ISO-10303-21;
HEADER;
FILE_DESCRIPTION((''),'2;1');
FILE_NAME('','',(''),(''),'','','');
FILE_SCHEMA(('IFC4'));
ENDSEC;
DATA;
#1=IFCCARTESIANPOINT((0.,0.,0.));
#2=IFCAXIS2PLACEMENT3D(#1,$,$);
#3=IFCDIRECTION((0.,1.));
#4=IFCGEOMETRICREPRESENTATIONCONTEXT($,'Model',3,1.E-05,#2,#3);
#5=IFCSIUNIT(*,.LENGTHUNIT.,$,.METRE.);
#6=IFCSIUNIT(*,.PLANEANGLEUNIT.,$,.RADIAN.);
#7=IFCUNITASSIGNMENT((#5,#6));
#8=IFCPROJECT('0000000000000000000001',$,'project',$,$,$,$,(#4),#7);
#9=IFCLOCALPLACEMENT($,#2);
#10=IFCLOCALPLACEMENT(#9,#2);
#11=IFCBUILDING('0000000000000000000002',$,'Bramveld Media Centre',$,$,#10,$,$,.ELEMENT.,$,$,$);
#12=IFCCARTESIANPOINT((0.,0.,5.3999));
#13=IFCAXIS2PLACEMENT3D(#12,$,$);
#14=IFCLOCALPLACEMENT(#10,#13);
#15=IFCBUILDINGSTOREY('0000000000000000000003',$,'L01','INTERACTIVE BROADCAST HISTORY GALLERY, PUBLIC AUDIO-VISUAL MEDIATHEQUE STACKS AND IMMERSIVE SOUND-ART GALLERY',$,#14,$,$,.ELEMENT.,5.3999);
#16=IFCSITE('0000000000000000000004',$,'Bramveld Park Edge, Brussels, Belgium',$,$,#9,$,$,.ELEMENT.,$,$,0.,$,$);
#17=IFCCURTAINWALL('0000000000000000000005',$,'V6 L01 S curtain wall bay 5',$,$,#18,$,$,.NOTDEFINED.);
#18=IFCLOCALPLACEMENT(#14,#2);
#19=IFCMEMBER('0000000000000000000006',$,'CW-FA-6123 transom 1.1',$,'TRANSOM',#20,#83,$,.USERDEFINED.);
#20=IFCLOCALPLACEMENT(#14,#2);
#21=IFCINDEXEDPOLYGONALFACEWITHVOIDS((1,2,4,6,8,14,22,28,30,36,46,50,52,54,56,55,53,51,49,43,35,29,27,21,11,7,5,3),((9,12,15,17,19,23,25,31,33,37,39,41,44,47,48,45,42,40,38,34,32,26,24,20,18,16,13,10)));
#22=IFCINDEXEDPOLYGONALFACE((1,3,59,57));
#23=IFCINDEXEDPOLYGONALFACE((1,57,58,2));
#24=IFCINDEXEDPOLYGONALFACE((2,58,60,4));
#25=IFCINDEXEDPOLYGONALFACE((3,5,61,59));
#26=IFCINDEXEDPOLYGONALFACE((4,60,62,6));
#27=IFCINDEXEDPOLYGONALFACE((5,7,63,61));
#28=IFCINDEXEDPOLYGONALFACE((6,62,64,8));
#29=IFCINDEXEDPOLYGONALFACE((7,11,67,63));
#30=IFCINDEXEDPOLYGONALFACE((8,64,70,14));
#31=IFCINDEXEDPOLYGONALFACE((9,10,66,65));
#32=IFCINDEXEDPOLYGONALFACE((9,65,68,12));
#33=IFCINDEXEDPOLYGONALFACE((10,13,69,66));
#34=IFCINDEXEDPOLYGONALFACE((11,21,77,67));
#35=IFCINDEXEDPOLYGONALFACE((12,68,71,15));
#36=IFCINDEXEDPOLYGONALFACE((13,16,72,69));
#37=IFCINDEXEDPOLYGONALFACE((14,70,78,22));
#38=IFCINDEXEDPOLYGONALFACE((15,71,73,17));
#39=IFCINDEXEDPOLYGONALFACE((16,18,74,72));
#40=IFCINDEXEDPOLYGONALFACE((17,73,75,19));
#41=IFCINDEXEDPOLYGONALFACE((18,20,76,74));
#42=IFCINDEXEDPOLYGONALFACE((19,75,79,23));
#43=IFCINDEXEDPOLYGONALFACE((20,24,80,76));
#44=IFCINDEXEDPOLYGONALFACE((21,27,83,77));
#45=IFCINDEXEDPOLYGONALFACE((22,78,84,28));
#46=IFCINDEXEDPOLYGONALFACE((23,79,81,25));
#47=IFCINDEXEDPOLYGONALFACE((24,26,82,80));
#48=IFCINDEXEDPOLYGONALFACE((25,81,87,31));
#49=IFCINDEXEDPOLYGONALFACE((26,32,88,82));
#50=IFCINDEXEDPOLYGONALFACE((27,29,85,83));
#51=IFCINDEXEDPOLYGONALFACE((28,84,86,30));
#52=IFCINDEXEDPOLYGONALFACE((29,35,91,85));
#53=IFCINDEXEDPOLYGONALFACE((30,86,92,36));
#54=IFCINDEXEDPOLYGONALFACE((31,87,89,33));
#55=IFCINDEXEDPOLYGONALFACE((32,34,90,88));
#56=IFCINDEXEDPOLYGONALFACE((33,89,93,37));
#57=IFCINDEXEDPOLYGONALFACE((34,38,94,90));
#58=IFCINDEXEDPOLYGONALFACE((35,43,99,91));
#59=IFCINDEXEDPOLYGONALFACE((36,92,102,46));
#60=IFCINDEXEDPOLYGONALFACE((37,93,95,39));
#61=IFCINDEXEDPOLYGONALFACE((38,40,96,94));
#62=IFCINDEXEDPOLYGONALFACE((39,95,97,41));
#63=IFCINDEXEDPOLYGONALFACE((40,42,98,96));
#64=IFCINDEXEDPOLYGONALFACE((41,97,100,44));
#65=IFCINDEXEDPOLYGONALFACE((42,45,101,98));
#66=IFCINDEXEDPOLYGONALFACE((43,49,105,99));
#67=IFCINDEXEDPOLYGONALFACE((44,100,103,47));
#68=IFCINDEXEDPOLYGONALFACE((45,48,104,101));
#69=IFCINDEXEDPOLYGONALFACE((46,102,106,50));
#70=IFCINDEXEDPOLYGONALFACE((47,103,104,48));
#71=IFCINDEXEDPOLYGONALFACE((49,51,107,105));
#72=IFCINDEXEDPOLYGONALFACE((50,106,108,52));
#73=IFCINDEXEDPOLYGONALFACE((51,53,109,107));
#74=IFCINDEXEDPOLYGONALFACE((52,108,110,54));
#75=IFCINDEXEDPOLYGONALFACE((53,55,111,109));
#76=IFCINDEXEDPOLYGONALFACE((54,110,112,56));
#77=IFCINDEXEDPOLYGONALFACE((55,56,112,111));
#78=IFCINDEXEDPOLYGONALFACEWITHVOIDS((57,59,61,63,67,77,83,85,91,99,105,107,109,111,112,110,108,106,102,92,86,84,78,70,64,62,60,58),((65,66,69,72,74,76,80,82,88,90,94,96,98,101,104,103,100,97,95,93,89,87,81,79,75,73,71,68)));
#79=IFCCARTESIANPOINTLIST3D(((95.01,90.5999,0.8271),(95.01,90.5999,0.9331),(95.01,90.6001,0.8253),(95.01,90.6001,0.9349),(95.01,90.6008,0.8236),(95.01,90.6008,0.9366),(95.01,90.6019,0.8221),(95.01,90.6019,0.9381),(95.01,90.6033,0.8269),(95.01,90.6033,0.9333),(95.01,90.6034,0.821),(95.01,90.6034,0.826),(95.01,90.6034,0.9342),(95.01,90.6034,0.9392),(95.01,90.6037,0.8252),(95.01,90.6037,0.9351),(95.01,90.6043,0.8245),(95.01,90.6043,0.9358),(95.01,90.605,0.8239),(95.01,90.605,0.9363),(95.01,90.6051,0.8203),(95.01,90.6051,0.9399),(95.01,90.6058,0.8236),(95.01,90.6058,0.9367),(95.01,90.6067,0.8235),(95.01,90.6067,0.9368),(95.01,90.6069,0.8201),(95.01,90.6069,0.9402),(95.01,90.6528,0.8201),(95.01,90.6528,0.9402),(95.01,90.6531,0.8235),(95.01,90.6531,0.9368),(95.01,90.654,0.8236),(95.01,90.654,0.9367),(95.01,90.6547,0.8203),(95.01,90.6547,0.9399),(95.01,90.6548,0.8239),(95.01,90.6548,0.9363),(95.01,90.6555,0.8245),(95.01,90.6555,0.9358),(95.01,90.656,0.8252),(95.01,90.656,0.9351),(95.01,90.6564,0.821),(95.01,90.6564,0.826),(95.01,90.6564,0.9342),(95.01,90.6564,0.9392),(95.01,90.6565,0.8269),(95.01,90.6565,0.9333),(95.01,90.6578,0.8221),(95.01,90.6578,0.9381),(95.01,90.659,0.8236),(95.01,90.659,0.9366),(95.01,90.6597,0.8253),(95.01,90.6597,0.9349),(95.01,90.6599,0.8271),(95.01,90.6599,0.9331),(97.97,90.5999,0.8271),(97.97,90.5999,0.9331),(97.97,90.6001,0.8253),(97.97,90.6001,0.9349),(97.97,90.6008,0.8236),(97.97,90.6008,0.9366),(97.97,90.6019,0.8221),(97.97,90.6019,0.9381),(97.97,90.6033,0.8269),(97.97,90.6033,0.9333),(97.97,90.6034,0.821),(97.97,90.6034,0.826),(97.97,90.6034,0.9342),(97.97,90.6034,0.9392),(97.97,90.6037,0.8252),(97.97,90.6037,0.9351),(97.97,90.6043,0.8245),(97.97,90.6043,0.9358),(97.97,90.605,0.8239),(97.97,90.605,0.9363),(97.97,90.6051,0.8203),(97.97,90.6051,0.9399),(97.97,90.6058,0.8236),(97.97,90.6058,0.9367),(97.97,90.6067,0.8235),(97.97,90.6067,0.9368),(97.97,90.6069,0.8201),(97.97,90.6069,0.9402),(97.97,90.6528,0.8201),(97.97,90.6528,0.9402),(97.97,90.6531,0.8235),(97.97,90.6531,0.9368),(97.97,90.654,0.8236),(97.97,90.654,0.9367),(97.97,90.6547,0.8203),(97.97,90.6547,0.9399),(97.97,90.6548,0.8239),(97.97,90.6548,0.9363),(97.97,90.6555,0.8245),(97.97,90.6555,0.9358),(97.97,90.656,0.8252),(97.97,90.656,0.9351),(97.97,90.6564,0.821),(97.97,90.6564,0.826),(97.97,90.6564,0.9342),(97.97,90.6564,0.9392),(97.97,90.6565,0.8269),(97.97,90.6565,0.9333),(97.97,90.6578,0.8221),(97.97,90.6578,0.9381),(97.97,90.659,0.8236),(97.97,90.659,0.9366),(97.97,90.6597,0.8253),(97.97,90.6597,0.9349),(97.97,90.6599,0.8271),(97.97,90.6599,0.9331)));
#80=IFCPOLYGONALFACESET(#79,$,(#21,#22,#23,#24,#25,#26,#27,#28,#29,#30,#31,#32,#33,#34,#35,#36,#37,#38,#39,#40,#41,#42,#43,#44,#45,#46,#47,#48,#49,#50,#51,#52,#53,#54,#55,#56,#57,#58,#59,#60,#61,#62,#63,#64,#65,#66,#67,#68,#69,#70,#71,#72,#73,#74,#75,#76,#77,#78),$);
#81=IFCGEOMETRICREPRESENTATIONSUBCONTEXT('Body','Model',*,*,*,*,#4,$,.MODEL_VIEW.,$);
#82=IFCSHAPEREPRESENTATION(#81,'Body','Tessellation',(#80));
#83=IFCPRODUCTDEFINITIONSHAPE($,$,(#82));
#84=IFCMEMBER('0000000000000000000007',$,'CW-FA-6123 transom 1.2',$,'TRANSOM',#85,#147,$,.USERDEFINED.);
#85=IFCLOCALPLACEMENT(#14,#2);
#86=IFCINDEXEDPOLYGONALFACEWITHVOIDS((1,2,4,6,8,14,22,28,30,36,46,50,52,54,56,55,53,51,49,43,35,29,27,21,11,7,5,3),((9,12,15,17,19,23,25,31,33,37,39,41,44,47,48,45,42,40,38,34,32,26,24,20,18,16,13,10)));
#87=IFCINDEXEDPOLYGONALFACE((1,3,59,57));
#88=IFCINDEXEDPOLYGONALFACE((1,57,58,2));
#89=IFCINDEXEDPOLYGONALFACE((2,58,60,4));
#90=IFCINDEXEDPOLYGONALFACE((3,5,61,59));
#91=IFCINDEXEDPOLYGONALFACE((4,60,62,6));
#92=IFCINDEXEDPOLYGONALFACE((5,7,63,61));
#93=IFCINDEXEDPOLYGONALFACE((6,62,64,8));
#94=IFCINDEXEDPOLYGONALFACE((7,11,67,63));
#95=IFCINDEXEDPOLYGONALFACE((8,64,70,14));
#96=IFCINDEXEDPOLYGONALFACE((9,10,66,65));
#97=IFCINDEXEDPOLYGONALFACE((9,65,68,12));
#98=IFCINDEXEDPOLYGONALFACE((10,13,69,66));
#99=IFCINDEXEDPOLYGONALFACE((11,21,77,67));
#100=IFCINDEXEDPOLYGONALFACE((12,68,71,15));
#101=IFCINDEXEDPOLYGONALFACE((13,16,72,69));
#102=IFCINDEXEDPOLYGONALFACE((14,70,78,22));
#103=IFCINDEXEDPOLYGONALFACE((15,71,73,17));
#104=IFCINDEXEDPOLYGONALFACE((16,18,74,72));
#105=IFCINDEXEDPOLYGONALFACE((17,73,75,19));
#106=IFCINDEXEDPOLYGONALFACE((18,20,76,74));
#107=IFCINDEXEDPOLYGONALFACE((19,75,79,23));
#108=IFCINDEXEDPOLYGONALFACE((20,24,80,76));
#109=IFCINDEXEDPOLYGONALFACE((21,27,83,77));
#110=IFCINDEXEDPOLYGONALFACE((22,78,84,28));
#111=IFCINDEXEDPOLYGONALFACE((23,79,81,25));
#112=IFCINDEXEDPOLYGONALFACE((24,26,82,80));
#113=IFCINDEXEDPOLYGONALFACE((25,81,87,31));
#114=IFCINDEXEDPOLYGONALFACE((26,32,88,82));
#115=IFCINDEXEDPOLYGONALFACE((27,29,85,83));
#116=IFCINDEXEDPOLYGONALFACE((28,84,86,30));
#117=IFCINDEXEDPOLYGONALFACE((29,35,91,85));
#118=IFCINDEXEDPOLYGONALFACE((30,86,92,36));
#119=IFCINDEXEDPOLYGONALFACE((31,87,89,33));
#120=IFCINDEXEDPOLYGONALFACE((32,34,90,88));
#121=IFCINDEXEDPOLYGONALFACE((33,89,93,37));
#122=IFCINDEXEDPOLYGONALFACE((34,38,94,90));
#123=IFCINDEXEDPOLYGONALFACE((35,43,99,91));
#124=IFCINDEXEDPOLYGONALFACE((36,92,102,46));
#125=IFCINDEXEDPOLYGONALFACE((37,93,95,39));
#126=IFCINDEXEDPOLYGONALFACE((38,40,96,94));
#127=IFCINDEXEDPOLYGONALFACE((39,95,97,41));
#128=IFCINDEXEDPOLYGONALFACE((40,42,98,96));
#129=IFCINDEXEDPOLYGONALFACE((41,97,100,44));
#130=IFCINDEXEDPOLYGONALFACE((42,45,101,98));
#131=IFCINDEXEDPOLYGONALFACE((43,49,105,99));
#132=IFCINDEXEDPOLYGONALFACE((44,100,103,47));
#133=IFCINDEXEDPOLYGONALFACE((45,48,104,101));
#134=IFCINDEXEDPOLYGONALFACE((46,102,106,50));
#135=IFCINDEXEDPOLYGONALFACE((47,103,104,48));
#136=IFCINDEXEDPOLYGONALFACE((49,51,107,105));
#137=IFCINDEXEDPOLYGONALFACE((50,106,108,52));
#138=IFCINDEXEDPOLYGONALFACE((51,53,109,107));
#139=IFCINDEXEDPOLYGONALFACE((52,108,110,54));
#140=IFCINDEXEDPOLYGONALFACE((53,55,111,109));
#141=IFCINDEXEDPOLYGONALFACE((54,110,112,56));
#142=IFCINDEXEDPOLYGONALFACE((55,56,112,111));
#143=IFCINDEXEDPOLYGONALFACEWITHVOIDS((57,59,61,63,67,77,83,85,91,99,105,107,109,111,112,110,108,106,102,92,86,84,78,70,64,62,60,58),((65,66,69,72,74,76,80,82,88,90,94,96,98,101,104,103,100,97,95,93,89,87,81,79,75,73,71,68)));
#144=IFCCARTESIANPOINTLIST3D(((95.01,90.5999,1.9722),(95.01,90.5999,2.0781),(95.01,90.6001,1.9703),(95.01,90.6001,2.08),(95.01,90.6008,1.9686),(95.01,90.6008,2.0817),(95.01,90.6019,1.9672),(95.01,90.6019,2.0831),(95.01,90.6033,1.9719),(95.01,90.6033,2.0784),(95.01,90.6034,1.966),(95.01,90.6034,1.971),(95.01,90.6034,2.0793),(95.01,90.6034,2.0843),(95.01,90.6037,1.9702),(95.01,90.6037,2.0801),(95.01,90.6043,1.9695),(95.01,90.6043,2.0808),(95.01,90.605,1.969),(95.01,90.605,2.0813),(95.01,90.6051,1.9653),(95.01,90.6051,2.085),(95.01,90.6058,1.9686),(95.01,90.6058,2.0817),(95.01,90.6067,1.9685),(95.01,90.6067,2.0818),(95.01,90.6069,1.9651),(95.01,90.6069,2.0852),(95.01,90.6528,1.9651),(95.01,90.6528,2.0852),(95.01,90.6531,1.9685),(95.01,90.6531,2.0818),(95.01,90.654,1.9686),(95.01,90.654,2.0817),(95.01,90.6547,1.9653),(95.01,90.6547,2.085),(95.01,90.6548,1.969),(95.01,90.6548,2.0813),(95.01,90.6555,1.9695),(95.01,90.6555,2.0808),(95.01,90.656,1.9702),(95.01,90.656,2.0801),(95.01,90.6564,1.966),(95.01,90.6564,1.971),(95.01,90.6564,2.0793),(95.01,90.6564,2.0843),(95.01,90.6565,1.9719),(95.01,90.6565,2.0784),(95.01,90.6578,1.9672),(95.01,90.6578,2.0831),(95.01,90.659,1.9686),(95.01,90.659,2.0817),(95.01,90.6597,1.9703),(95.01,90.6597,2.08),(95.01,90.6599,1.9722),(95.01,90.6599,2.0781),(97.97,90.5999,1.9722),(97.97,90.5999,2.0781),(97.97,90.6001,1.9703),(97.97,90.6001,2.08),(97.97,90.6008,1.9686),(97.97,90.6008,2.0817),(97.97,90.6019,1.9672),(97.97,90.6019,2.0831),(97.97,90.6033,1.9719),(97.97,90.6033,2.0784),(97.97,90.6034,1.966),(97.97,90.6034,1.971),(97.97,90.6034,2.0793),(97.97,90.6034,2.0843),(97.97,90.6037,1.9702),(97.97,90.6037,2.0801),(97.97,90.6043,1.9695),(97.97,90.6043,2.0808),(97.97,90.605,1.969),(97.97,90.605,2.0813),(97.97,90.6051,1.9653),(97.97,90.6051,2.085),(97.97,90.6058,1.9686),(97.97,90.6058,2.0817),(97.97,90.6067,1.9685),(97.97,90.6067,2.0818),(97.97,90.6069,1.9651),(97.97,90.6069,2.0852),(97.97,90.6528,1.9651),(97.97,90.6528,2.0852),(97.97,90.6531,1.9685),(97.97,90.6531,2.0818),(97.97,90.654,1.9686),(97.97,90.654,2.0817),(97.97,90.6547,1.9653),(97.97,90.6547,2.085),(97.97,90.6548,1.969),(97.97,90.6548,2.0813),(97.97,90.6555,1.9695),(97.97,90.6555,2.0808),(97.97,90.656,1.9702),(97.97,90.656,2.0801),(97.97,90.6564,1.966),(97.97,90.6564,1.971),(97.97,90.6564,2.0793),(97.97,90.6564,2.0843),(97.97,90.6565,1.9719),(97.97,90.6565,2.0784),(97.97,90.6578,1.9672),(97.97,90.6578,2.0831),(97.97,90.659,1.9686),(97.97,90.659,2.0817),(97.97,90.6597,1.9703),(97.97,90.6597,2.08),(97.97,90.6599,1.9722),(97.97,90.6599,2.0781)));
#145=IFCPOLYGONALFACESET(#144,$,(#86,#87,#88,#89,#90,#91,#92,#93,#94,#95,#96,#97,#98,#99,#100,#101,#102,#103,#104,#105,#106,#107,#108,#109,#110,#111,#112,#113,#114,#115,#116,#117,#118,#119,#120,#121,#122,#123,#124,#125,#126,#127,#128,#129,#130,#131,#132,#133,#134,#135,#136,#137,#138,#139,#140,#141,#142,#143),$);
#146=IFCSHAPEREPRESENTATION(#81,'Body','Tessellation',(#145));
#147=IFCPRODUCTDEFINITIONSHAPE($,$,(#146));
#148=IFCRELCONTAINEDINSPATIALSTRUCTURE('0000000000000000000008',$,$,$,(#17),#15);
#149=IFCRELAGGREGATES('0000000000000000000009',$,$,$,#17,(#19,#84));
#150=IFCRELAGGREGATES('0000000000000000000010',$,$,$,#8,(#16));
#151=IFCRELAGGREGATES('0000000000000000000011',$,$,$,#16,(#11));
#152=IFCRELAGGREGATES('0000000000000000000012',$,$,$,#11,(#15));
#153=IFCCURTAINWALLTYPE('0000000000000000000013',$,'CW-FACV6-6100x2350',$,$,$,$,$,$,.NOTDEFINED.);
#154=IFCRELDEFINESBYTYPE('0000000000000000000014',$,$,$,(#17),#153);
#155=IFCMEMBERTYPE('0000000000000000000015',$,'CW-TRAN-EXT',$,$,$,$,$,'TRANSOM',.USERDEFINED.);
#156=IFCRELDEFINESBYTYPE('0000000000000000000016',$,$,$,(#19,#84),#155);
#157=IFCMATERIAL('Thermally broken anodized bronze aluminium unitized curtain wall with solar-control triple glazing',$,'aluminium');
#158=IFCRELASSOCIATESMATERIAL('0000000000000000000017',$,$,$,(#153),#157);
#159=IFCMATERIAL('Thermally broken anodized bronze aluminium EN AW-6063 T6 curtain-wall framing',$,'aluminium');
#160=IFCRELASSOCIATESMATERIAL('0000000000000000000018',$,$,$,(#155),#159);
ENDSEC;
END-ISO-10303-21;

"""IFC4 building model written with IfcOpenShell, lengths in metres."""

from ifc_helpers import new_model, si_unit, direction, frame, origin, origin_2d, place, context, subcontext, project, spatial, hollow_rectangle, extrude, material, material_profile, profile_set, type_object, element, aggregate, save


model = new_model("IFC4")

# Units and contexts
model_context = context("Model", 3, precision=1e-05, world=origin(), true_north=direction((0.0, 1.0)))
body_context = subcontext(model_context, "Body", "Model", "MODEL_VIEW")
ifc_project = project(units=[si_unit("LENGTHUNIT", "METRE"), si_unit("PLANEANGLEUNIT", "RADIAN")], contexts=[model_context])

# Site, building, storey
site_placement = place(None, origin())
site = spatial("IfcSite", under=ifc_project, at=site_placement, Name="Bramveld Park Edge, Brussels, Belgium", CompositionType="ELEMENT", RefElevation=0.0)
building_placement = place(site_placement, origin())
building = spatial("IfcBuilding", under=site, at=building_placement, Name="Bramveld Media Centre", CompositionType="ELEMENT")
storey_placement = place(building_placement, frame((0.0, 0.0, 5.3999)))
storey = spatial("IfcBuildingStorey", under=building, at=storey_placement, Name="L01", Description="INTERACTIVE BROADCAST HISTORY GALLERY, PUBLIC AUDIO-VISUAL MEDIATHEQUE STACKS AND IMMERSIVE SOUND-ART GALLERY", CompositionType="ELEMENT", Elevation=5.3999)

# Curtain wall
ifc_material_1 = material(Name="Thermally broken anodized bronze aluminium unitized curtain wall with solar-control triple glazing", Category="aluminium")
curtain_wall_type = type_object("IfcCurtainWallType", Name="CW-FACV6-6100x2350", PredefinedType="NOTDEFINED", material=ifc_material_1)
curtain_wall_1_placement = place(storey_placement, origin())
curtain_wall_1 = element("IfcCurtainWall", 1, at=curtain_wall_1_placement, inside=storey, type_object=curtain_wall_type, Name="V6 L01 S curtain wall bay 5", PredefinedType="NOTDEFINED")

# Members
ifc_material_2 = material(Name="Thermally broken anodized bronze aluminium EN AW-6063 T6 curtain-wall framing", Category="aluminium")
ifc_material_profile_1 = material_profile(ifc_material_2, hollow_rectangle(XDim=0.0601, YDim=0.1201, WallThickness=0.0034, InnerFilletRadius=0.0034, OuterFilletRadius=0.0071, at=origin_2d()), Name="AL-TRAN 60x120")
ifc_profile_set_1 = profile_set([ifc_material_profile_1], Name="Thermally broken anodized bronze aluminium EN AW-6063 T6 curtain-wall framing")
member_type_1 = type_object("IfcMemberType", Name="CW-TRAN-EXT", ElementType="TRANSOM", PredefinedType="USERDEFINED", material=ifc_profile_set_1)
member_1_placement = place(storey_placement, frame((95.01, 90.6299, 0.8801), z_axis=(1.0, 0.0, 0.0), x_axis=(0.0, 1.0, 0.0)))
member_1 = element("IfcMember", 2, at=member_1_placement, type_object=member_type_1, Name="CW-FA-6123 transom 1.1", ObjectType="TRANSOM", PredefinedType="USERDEFINED", context=body_context, shape_type="SweptSolid", body=[
    extrude(hollow_rectangle(XDim=0.0601, YDim=0.1201, WallThickness=0.0034, InnerFilletRadius=0.0034, OuterFilletRadius=0.0071, at=origin_2d()), origin(), (0.0, 0.0, 1.0), 2.96),
])
member_2_placement = place(storey_placement, frame((95.01, 90.6299, 2.0251), z_axis=(1.0, 0.0, 0.0), x_axis=(0.0, 1.0, 0.0)))
member_2 = element("IfcMember", 3, at=member_2_placement, type_object=member_type_1, Name="CW-FA-6123 transom 1.2", ObjectType="TRANSOM", PredefinedType="USERDEFINED", context=body_context, shape_type="SweptSolid", body=[
    extrude(hollow_rectangle(XDim=0.0601, YDim=0.1201, WallThickness=0.0034, InnerFilletRadius=0.0034, OuterFilletRadius=0.0071, at=origin_2d()), origin(), (0.0, 0.0, 1.0), 2.96),
])

aggregate(curtain_wall_1, [member_1, member_2])

save(model, "model.ifc")
